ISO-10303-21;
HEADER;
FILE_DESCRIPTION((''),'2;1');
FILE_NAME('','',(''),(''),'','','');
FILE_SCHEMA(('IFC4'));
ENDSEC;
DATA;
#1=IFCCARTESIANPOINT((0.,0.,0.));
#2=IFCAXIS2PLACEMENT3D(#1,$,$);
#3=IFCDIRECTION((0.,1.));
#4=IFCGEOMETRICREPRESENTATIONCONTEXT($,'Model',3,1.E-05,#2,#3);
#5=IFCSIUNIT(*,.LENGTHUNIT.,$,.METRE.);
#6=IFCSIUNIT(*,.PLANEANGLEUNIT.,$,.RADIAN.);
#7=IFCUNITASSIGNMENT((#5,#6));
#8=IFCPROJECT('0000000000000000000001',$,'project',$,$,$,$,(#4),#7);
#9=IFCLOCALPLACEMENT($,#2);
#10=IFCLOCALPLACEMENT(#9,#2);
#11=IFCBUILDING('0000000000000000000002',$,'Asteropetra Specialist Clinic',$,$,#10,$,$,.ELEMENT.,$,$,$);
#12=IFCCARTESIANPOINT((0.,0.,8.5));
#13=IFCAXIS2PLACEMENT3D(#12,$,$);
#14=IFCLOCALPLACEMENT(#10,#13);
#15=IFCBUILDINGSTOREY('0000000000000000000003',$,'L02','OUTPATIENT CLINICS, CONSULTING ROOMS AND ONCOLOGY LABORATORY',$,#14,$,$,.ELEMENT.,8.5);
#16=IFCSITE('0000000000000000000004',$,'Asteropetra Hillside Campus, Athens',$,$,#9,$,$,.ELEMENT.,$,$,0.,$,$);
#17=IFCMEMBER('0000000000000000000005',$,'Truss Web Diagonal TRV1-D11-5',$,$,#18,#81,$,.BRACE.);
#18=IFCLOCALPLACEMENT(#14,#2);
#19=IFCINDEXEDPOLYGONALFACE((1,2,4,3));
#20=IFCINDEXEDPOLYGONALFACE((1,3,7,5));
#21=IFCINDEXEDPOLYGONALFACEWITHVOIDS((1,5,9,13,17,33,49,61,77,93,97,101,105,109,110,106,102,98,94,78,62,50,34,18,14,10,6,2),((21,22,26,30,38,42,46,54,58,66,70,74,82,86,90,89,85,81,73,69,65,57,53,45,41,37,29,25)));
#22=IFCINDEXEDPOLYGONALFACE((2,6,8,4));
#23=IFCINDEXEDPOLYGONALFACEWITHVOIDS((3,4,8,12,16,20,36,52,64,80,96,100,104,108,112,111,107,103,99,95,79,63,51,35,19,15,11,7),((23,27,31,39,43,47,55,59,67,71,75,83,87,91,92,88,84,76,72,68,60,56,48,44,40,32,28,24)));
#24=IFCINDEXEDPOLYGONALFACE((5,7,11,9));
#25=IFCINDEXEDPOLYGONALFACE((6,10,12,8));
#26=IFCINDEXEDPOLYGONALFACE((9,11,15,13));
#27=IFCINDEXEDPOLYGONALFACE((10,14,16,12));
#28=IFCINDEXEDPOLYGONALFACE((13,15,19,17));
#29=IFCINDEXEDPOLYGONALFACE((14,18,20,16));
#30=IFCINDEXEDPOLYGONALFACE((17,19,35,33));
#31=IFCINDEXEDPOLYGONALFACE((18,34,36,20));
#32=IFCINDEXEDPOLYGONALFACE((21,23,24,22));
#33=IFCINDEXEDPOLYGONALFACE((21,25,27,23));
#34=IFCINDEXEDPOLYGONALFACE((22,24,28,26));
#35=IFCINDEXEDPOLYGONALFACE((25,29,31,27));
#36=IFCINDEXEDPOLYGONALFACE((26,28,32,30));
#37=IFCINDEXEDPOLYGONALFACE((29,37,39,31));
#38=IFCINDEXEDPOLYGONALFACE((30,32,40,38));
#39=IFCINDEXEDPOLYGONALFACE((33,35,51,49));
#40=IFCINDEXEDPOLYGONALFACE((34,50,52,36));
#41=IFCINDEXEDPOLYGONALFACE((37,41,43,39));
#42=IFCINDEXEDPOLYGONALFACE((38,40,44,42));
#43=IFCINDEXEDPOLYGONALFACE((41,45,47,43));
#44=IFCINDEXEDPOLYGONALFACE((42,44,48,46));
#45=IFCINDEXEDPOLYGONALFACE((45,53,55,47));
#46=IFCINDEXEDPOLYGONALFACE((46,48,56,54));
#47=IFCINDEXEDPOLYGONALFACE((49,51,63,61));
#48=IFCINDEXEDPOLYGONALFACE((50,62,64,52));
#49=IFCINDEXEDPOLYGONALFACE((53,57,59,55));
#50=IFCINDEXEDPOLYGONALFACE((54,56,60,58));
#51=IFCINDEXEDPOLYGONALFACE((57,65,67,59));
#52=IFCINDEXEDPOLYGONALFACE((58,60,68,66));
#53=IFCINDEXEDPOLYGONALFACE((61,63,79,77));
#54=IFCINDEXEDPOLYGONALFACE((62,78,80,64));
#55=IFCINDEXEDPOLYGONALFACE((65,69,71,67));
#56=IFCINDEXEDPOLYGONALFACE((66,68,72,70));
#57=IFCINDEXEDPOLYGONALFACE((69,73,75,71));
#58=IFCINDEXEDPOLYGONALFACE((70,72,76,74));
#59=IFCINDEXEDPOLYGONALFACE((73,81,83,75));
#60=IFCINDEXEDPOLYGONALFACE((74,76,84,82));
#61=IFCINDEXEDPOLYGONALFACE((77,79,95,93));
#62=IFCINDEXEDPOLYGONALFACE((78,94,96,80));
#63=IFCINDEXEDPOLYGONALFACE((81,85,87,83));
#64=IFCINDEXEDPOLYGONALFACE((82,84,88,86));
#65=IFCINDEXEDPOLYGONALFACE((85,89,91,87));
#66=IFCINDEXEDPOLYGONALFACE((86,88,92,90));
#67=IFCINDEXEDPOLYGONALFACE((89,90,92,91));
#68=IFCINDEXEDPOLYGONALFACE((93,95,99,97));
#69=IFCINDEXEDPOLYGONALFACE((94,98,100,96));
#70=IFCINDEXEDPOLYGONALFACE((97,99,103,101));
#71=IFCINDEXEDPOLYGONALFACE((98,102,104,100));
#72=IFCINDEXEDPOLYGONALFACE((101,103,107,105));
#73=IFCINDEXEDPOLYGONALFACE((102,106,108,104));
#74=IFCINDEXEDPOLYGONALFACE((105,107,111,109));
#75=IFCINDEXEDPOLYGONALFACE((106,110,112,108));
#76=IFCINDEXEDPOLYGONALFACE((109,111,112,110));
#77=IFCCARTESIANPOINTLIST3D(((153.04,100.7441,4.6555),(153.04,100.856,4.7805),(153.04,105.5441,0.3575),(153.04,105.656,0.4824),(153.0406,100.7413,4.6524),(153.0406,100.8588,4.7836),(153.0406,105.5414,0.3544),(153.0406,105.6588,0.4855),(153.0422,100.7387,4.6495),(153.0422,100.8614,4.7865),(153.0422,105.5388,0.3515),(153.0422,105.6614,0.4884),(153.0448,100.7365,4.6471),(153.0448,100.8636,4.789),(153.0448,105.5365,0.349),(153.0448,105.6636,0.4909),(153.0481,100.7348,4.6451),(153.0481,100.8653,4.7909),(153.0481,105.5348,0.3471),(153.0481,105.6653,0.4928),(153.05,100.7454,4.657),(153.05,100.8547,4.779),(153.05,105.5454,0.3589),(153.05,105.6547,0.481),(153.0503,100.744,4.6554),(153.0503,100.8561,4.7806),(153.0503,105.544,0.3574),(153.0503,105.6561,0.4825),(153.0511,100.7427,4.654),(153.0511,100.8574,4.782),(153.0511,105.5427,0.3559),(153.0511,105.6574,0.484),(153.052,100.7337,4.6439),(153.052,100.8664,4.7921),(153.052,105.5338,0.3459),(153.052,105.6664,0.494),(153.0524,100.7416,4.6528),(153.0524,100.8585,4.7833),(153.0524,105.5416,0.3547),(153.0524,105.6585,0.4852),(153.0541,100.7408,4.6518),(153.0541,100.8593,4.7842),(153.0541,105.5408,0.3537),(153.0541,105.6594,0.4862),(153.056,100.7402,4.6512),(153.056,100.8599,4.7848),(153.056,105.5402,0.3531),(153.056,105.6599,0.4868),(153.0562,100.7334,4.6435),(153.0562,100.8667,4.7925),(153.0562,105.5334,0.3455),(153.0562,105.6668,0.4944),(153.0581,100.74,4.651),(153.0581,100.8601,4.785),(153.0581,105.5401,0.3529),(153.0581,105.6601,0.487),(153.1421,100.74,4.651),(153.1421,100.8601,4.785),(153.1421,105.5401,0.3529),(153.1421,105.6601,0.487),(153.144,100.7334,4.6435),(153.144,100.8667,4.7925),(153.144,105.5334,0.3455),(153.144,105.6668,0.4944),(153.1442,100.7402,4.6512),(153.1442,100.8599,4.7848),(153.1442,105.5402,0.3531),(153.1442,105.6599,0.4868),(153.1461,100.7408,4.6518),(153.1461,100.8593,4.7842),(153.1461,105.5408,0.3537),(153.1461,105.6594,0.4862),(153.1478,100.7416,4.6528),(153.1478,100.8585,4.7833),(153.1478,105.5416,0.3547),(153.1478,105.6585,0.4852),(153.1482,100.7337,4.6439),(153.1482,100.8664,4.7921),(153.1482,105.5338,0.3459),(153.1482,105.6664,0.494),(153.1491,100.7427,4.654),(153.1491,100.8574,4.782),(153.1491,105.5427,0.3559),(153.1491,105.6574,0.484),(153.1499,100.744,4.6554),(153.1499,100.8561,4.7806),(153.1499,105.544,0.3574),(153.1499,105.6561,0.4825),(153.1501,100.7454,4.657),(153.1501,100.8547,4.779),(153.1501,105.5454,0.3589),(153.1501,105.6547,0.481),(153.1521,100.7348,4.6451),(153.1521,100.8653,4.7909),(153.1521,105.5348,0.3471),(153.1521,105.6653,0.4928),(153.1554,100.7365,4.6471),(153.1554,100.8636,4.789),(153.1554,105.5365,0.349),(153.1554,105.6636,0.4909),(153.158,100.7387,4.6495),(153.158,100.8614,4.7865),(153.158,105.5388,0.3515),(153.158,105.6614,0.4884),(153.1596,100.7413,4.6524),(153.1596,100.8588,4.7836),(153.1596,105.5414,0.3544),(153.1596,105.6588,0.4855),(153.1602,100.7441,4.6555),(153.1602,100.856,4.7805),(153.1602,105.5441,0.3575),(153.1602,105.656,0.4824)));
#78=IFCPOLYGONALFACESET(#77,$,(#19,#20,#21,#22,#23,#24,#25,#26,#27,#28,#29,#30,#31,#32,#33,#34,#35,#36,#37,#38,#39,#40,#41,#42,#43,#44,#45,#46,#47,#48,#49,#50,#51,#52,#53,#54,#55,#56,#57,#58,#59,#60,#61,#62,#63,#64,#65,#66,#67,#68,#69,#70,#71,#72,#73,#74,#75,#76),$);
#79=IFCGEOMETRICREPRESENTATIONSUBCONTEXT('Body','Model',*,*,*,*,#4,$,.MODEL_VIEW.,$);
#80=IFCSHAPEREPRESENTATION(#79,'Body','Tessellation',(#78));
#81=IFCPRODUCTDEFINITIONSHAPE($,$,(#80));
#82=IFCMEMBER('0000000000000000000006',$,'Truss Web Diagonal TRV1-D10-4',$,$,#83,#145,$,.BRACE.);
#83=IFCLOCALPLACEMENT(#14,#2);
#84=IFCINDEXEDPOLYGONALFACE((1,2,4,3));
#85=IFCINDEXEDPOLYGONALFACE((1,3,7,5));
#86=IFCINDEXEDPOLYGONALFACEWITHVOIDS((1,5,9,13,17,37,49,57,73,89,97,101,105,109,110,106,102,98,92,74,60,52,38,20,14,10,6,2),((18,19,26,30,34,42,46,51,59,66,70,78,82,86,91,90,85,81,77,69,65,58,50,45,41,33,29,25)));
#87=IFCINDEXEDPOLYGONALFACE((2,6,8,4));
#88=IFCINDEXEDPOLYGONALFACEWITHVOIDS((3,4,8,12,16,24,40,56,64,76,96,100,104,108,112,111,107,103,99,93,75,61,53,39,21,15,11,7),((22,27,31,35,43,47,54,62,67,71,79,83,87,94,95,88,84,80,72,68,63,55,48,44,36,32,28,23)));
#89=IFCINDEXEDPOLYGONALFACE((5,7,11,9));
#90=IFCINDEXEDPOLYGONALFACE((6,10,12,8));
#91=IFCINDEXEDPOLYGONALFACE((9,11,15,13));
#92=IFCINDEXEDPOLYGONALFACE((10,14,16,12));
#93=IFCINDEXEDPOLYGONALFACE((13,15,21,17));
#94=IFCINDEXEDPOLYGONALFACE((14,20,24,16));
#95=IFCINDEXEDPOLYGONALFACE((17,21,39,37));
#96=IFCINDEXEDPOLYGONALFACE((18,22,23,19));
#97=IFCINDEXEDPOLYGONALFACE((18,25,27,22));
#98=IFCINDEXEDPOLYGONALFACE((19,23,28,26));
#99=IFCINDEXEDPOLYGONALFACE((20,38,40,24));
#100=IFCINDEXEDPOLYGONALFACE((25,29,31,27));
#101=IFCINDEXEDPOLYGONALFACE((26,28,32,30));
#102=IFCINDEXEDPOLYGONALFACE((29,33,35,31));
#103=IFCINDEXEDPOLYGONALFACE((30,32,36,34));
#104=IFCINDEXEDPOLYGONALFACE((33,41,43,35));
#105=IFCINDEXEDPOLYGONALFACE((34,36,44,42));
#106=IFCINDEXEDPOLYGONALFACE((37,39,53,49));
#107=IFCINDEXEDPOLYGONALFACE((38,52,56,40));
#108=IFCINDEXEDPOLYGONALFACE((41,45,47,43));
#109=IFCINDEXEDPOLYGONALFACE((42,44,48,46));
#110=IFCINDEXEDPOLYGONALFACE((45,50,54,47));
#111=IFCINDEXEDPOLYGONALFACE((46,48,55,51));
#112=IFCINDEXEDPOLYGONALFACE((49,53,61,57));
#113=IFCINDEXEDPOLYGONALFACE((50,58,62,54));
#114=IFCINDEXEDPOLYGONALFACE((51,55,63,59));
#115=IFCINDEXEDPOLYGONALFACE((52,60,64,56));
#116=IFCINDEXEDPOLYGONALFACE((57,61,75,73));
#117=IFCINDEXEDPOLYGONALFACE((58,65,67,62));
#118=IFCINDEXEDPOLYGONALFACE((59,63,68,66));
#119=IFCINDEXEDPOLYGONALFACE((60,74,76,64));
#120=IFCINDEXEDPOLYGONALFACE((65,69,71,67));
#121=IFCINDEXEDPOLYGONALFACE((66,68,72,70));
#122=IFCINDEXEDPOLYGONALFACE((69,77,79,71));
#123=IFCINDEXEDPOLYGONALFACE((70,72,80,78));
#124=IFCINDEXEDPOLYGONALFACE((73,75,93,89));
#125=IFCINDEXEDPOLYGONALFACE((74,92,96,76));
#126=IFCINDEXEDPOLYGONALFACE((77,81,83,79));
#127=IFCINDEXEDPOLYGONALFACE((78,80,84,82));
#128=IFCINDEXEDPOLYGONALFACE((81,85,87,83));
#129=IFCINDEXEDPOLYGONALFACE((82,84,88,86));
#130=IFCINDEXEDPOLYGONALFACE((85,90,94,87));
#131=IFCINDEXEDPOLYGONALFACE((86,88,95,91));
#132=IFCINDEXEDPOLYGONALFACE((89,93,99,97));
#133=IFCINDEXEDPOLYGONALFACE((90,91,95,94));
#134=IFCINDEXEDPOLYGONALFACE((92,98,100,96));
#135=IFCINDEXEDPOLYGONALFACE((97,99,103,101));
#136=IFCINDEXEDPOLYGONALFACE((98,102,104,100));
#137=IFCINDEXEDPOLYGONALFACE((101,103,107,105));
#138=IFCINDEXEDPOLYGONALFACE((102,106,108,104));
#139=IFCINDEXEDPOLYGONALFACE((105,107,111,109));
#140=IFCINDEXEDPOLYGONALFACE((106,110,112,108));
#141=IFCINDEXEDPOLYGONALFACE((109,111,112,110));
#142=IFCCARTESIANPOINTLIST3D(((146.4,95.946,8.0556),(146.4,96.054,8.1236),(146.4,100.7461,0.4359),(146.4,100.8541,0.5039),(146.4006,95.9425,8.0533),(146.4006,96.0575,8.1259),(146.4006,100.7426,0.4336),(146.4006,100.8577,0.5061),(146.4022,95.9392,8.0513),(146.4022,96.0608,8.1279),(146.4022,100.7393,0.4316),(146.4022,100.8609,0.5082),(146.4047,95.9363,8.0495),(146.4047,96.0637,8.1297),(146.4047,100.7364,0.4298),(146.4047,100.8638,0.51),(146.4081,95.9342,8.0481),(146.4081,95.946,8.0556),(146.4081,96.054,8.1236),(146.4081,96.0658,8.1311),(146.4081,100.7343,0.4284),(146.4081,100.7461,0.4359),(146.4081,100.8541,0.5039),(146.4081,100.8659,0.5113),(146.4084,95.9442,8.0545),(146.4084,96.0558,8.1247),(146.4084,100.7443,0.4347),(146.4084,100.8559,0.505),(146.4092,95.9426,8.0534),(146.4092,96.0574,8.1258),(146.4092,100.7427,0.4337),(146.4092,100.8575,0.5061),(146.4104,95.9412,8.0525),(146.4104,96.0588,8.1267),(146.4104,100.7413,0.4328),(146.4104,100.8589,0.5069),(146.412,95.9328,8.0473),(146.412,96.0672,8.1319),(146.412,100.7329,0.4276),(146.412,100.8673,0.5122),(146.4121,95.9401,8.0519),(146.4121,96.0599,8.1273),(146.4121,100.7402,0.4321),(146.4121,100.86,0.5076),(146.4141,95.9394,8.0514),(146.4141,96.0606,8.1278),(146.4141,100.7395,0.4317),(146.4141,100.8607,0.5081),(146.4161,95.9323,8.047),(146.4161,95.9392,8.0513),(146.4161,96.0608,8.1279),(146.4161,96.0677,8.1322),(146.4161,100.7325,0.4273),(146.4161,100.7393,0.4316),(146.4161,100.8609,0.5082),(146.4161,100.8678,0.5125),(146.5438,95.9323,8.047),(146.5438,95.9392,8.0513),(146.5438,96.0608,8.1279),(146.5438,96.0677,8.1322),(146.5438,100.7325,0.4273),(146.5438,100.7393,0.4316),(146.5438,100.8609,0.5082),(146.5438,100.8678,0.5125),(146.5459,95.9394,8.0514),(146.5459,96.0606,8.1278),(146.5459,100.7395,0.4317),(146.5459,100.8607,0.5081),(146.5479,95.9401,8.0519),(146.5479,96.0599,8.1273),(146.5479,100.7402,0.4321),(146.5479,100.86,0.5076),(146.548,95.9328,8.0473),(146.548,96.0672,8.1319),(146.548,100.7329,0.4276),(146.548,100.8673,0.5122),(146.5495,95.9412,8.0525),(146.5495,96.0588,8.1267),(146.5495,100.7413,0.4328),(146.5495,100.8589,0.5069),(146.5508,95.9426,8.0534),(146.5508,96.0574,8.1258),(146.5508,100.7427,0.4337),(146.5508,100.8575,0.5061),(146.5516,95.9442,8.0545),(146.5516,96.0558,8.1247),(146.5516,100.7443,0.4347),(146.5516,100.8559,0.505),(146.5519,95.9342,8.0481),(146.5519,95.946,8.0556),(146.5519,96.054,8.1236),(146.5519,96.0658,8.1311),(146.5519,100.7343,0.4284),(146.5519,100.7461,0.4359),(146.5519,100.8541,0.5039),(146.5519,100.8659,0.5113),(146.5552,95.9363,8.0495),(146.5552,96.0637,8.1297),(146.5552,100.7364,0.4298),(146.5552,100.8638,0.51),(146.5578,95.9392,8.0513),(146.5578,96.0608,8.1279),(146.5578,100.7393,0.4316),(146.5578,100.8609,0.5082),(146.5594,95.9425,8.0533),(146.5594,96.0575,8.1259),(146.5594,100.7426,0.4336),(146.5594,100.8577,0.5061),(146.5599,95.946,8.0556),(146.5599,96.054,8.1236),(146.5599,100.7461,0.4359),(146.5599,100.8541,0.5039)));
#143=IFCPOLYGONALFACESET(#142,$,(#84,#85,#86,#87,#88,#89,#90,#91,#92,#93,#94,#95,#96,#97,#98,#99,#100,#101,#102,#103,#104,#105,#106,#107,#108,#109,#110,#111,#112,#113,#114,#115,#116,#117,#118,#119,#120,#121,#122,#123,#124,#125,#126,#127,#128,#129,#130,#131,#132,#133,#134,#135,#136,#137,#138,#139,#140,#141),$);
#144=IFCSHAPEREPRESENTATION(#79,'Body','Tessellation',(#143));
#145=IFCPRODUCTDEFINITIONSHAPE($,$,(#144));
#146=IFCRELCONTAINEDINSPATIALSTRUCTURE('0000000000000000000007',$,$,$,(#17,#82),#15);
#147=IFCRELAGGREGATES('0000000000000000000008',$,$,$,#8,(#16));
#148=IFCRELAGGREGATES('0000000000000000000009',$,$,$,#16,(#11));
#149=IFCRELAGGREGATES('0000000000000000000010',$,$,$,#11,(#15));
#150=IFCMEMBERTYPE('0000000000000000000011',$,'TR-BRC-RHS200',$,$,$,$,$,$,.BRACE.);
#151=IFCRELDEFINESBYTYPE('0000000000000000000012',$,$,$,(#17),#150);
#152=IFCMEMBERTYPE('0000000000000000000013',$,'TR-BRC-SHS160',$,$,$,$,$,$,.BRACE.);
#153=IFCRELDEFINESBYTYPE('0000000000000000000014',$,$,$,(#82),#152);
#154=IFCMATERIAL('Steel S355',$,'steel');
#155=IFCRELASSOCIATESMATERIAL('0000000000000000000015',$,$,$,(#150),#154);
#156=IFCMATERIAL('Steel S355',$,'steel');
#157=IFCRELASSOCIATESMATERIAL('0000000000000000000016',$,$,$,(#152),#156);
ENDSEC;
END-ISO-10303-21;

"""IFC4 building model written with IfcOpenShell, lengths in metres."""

from ifc_helpers import new_model, si_unit, direction, frame, origin, origin_2d, place, context, subcontext, project, spatial, hollow_rectangle, extrude, material, material_profile, profile_set, type_object, element, save


model = new_model("IFC4")

# Units and contexts
model_context = context("Model", 3, precision=1e-05, world=origin(), true_north=direction((0.0, 1.0)))
body_context = subcontext(model_context, "Body", "Model", "MODEL_VIEW")
ifc_project = project(units=[si_unit("LENGTHUNIT", "METRE"), si_unit("PLANEANGLEUNIT", "RADIAN")], contexts=[model_context])

# Site, building, storey
site_placement = place(None, origin())
site = spatial("IfcSite", under=ifc_project, at=site_placement, Name="Asteropetra Hillside Campus, Athens", CompositionType="ELEMENT", RefElevation=0.0)
building_placement = place(site_placement, origin())
building = spatial("IfcBuilding", under=site, at=building_placement, Name="Asteropetra Specialist Clinic", CompositionType="ELEMENT")
storey_placement = place(building_placement, frame((0.0, 0.0, 8.5)))
storey = spatial("IfcBuildingStorey", under=building, at=storey_placement, Name="L02", Description="OUTPATIENT CLINICS, CONSULTING ROOMS AND ONCOLOGY LABORATORY", CompositionType="ELEMENT", Elevation=8.5)

# Members
ifc_material_1 = material(Name="Steel S355", Category="steel")
ifc_material_profile_1 = material_profile(ifc_material_1, hollow_rectangle(XDim=0.1201, YDim=0.2, WallThickness=0.01, InnerFilletRadius=0.0081, OuterFilletRadius=0.0161, at=origin_2d()), Name="RHS 200x120x10.0")
ifc_profile_set_1 = profile_set([ifc_material_profile_1], Name="Steel S355")
member_type_1 = type_object("IfcMemberType", Name="TR-BRC-RHS200", PredefinedType="BRACE", material=ifc_profile_set_1)
member_1_placement = place(storey_placement, frame((153.1001, 100.8, 4.718), z_axis=(0.0, 0.744986, -0.667081), x_axis=(-1.0, 0.0, 0.0)))
element("IfcMember", 1, at=member_1_placement, inside=storey, type_object=member_type_1, Name="Truss Web Diagonal TRV1-D11-5", PredefinedType="BRACE", context=body_context, shape_type="SweptSolid", body=[
    extrude(hollow_rectangle(XDim=0.1201, YDim=0.2, WallThickness=0.01, InnerFilletRadius=0.0081, OuterFilletRadius=0.0161, at=origin_2d()), origin(), (0.0, 0.0, 1.0), 6.4431),
])
ifc_material_2 = material(Name="Steel S355", Category="steel")
ifc_material_profile_2 = material_profile(ifc_material_2, hollow_rectangle(XDim=0.1599, YDim=0.1599, WallThickness=0.0081, InnerFilletRadius=0.0081, OuterFilletRadius=0.0161, at=origin_2d()), Name="SHS 160x160x8.0")
ifc_profile_set_2 = profile_set([ifc_material_profile_2], Name="Steel S355")
member_type_2 = type_object("IfcMemberType", Name="TR-BRC-SHS160", PredefinedType="BRACE", material=ifc_profile_set_2)
member_2_placement = place(storey_placement, frame((146.48, 96.0, 8.0896), z_axis=(0.0, 0.533012, -0.846107), x_axis=(-1.0, 0.0, 0.0)))
element("IfcMember", 2, at=member_2_placement, inside=storey, type_object=member_type_2, Name="Truss Web Diagonal TRV1-D10-4", PredefinedType="BRACE", context=body_context, shape_type="SweptSolid", body=[
    extrude(hollow_rectangle(XDim=0.1599, YDim=0.1599, WallThickness=0.0081, InnerFilletRadius=0.0081, OuterFilletRadius=0.0161, at=origin_2d()), origin(), (0.0, 0.0, 1.0), 9.0056),
])

save(model, "model.ifc")
